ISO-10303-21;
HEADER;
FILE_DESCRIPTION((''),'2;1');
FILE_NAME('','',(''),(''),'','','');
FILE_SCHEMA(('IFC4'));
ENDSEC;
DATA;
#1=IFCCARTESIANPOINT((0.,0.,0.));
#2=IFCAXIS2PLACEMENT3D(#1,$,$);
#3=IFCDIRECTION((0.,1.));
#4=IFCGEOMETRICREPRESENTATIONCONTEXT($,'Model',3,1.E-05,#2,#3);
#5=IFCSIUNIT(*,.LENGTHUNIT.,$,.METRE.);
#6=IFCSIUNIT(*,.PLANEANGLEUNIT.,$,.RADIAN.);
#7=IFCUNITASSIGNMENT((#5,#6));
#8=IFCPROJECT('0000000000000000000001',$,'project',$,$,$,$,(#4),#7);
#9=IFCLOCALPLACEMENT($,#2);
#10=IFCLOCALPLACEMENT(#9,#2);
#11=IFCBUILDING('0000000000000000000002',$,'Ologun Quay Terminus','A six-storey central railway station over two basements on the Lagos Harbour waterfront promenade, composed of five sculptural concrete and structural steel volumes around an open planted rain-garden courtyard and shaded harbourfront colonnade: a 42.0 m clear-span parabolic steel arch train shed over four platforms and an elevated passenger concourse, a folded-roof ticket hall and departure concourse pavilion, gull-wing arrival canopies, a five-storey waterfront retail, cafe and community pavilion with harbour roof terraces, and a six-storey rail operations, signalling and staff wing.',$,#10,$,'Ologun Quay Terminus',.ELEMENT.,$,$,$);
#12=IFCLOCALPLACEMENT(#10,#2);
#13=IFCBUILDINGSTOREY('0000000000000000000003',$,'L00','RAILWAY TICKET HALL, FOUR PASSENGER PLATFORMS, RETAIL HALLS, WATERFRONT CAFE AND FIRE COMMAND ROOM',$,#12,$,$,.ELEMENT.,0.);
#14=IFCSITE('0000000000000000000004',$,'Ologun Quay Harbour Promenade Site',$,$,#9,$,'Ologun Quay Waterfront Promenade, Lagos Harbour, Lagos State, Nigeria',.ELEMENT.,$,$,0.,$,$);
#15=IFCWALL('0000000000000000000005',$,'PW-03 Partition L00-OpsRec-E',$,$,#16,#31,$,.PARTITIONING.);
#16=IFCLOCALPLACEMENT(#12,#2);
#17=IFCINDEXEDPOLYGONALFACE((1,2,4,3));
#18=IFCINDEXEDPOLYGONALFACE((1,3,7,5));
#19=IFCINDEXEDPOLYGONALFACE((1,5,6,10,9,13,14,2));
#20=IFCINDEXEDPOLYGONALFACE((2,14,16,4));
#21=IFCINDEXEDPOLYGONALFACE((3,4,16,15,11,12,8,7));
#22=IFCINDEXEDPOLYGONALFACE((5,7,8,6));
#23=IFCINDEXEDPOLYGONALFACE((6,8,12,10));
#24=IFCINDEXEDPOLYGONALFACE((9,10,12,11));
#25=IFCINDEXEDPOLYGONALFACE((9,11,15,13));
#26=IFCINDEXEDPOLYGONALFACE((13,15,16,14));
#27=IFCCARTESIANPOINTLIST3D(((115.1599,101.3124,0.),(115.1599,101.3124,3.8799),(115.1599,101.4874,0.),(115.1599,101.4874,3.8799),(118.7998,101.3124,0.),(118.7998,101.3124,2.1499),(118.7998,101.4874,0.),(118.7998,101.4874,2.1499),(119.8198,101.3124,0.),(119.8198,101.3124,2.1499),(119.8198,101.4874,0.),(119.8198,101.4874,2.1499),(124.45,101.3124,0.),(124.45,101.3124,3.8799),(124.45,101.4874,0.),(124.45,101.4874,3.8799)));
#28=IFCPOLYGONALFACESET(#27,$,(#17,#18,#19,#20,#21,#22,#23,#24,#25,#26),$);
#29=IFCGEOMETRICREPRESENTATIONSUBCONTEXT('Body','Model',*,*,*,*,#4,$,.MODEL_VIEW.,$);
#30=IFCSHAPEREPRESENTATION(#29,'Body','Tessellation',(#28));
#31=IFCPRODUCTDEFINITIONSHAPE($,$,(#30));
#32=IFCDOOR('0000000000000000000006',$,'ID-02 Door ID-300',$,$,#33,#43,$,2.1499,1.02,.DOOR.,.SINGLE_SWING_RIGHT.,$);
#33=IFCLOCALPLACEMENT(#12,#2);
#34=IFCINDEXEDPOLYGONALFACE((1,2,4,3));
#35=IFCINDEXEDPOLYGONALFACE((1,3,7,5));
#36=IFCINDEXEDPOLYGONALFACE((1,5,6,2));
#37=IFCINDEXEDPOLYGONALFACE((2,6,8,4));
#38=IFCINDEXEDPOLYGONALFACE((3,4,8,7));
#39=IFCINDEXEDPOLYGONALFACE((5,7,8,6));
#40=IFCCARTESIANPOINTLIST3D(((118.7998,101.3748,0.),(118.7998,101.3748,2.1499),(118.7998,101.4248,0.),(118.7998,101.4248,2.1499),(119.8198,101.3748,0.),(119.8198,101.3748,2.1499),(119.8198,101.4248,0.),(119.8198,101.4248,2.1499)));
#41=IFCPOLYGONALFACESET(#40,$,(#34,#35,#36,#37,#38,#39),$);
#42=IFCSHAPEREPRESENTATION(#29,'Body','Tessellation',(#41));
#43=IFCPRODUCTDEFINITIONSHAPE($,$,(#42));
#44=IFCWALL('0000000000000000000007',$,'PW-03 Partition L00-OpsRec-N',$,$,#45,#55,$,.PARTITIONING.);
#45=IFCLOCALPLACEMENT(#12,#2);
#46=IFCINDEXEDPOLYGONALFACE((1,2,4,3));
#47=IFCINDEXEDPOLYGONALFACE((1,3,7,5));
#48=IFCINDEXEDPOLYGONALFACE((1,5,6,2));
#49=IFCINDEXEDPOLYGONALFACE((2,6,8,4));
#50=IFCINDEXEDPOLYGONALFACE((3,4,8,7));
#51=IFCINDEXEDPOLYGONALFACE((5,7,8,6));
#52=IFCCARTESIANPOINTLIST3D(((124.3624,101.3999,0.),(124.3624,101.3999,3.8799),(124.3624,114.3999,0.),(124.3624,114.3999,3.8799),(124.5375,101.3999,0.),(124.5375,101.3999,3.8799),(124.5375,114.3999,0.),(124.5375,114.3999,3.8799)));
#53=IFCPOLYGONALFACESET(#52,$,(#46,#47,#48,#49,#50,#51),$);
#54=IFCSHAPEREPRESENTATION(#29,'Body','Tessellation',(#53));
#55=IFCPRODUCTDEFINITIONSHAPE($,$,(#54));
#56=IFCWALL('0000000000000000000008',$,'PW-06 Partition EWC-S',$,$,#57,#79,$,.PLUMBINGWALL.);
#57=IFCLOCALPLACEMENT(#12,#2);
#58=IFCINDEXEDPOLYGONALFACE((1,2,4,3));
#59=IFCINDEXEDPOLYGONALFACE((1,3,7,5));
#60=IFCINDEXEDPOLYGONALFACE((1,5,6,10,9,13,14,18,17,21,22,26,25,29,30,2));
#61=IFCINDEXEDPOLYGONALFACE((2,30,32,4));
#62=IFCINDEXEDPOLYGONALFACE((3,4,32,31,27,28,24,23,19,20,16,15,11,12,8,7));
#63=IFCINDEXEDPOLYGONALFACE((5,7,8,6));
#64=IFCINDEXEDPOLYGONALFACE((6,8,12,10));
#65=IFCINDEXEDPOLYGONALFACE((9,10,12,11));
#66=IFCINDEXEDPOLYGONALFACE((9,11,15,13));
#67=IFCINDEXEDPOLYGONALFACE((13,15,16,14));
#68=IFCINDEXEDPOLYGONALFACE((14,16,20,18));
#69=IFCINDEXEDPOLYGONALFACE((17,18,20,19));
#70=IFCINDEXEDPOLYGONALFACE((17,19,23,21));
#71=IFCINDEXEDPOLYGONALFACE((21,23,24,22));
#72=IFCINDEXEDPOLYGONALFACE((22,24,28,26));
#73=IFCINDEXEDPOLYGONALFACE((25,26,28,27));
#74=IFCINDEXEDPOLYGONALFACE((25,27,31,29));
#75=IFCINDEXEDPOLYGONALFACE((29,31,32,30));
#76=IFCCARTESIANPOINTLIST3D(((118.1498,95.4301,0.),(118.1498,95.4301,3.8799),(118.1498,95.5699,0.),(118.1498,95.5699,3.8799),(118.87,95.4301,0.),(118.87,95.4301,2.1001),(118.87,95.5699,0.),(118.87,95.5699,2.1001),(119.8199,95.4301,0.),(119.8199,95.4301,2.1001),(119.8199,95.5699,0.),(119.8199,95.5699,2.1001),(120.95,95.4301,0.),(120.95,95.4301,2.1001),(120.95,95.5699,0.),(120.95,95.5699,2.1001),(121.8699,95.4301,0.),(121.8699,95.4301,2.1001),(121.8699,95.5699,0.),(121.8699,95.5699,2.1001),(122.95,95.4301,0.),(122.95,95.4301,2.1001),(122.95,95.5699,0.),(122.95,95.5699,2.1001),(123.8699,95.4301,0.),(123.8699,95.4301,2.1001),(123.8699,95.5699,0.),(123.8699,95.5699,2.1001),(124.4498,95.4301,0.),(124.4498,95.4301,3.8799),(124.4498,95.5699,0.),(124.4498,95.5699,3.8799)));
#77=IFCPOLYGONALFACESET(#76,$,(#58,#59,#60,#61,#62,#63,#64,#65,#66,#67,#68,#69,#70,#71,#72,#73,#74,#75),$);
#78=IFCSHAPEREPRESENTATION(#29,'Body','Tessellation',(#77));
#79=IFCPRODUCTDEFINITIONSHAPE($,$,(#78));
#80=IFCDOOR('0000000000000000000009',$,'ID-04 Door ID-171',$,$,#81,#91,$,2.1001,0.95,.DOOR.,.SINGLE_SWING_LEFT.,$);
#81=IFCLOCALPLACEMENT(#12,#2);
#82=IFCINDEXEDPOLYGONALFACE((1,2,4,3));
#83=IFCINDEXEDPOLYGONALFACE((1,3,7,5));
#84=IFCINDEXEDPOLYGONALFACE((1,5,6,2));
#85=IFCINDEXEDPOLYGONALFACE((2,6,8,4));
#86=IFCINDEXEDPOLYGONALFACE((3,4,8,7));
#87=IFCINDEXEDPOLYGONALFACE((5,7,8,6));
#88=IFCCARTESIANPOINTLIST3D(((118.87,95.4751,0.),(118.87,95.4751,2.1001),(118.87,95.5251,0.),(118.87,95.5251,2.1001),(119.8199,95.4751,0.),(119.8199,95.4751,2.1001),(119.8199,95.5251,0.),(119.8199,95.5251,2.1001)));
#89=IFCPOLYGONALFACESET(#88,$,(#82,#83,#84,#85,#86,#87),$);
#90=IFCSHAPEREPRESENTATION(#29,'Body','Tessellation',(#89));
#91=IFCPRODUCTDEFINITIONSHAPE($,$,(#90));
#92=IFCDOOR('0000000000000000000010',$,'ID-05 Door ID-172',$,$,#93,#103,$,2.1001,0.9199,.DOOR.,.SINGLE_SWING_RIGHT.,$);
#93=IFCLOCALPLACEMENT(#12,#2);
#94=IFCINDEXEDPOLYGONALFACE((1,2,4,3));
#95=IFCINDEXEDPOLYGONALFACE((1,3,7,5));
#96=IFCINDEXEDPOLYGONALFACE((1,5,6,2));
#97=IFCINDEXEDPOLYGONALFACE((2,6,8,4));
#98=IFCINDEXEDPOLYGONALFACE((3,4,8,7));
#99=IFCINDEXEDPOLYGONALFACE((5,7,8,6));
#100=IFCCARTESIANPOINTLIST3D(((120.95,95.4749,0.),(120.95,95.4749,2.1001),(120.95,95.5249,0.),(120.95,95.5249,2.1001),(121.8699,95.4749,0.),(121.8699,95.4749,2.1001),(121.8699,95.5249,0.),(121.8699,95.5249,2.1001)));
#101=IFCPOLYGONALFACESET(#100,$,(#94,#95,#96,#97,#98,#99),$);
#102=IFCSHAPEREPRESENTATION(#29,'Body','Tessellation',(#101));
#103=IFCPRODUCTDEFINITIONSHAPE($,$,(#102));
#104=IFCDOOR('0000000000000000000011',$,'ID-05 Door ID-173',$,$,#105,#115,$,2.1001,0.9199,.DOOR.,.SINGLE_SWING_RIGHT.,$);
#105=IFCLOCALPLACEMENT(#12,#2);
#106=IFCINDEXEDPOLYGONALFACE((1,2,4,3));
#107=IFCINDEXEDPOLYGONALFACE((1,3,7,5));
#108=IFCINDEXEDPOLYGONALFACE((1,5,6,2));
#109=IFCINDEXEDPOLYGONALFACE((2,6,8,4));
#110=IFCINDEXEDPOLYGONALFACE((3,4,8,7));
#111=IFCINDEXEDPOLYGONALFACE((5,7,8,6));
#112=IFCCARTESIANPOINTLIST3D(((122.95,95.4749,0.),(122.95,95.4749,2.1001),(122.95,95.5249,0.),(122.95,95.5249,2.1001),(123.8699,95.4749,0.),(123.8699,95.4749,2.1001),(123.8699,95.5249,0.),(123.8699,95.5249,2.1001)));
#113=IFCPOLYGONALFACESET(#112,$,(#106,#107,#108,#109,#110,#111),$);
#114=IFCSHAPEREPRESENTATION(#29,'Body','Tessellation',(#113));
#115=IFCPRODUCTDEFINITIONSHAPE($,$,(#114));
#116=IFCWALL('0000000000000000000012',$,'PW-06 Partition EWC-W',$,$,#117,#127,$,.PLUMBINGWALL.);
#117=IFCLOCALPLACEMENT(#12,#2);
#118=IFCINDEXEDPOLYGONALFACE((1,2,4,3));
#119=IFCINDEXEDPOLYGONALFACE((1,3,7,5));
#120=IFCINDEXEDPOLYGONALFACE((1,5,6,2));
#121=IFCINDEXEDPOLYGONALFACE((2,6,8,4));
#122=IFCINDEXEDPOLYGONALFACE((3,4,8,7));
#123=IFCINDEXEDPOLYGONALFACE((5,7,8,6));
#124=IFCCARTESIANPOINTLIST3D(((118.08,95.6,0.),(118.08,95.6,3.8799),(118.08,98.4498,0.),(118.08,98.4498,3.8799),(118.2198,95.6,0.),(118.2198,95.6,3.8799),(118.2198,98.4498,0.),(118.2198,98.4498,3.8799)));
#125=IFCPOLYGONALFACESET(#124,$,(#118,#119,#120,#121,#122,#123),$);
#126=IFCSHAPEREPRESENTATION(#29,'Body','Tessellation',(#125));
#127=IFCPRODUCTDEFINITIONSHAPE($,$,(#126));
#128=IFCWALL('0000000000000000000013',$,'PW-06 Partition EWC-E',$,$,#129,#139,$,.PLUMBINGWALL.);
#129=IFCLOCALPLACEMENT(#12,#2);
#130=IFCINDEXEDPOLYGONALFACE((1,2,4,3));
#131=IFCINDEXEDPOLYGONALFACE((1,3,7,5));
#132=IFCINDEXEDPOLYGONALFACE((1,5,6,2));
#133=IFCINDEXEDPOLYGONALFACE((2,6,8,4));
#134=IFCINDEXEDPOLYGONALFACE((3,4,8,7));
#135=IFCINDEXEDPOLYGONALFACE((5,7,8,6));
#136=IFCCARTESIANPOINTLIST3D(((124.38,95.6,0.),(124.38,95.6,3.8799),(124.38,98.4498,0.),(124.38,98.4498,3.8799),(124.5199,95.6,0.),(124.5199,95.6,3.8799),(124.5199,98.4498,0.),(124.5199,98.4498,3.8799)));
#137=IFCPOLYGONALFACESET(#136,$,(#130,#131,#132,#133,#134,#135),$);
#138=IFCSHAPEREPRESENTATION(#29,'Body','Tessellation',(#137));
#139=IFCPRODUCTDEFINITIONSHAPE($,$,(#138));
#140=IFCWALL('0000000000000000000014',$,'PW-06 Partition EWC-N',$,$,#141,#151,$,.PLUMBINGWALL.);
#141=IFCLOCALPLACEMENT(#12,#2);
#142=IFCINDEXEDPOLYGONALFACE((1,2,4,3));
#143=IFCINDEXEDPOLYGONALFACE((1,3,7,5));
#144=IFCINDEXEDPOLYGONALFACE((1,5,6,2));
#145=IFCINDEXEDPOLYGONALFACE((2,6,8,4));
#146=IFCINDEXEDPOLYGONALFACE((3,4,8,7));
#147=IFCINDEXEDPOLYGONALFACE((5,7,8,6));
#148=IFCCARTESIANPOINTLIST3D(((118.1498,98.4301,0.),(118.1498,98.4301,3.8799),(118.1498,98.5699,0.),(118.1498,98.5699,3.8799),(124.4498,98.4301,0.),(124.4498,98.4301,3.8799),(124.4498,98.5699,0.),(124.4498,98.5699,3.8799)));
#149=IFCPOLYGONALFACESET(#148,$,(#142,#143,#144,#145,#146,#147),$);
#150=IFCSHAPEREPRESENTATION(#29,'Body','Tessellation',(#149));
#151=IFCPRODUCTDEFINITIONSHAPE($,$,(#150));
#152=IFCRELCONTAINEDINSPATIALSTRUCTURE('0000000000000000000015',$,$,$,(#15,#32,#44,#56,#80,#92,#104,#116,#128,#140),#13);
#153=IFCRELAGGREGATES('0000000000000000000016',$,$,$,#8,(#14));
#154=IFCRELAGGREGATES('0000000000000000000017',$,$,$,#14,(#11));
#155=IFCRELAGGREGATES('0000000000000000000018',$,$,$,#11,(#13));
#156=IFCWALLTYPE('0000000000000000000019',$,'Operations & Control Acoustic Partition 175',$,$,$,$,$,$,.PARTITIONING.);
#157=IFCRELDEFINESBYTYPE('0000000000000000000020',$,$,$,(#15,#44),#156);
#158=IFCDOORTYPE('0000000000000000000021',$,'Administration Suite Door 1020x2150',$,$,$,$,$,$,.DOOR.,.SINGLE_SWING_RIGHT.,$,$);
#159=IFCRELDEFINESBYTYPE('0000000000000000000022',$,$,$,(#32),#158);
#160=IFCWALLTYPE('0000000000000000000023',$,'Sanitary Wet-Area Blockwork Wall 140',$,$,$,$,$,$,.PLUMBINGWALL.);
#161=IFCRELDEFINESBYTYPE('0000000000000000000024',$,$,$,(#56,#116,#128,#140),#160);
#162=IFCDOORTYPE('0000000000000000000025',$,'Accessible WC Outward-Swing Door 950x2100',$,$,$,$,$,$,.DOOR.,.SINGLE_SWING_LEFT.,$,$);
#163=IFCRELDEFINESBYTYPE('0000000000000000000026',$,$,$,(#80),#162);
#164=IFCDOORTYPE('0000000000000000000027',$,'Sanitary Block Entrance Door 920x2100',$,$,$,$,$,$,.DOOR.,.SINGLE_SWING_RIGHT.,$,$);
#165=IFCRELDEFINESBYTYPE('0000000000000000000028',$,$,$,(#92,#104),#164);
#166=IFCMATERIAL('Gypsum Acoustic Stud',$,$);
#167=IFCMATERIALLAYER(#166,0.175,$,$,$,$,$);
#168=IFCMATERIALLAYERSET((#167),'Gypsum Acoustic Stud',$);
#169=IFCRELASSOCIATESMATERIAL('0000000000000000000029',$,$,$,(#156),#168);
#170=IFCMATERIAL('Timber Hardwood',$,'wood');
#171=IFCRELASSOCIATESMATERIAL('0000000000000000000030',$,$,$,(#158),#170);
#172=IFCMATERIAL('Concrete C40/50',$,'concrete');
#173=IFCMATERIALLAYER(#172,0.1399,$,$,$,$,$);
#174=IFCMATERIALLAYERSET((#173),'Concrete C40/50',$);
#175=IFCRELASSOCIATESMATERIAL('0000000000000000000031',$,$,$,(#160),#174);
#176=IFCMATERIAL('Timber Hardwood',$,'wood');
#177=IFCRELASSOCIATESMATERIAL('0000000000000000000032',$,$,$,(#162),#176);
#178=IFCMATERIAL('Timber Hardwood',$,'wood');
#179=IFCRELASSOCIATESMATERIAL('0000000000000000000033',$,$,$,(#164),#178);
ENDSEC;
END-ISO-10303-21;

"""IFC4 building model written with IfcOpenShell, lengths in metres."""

from ifc_helpers import new_model, si_unit, direction, frame, frame_2d, origin, place, context, subcontext, project, spatial, rectangle, extrude, material, layer, layer_set, type_object, element, fill, save


model = new_model("IFC4")

# Units and contexts
model_context = context("Model", 3, precision=1e-05, world=origin(), true_north=direction((0.0, 1.0)))
body_context = subcontext(model_context, "Body", "Model", "MODEL_VIEW")
ifc_project = project(units=[si_unit("LENGTHUNIT", "METRE"), si_unit("PLANEANGLEUNIT", "RADIAN")], contexts=[model_context])

# Site, building, storey
site_placement = place(None, origin())
site = spatial("IfcSite", under=ifc_project, at=site_placement, Name="Ologun Quay Harbour Promenade Site", LongName="Ologun Quay Waterfront Promenade, Lagos Harbour, Lagos State, Nigeria", CompositionType="ELEMENT", RefElevation=0.0)
building_placement = place(site_placement, origin())
building = spatial("IfcBuilding", under=site, at=building_placement, Name="Ologun Quay Terminus", Description="A six-storey central railway station over two basements on the Lagos Harbour waterfront promenade, composed of five sculptural concrete and structural steel volumes around an open planted rain-garden courtyard and shaded harbourfront colonnade: a 42.0 m clear-span parabolic steel arch train shed over four platforms and an elevated passenger concourse, a folded-roof ticket hall and departure concourse pavilion, gull-wing arrival canopies, a five-storey waterfront retail, cafe and community pavilion with harbour roof terraces, and a six-storey rail operations, signalling and staff wing.", LongName="Ologun Quay Terminus", CompositionType="ELEMENT")
storey_placement = place(building_placement, origin())
storey = spatial("IfcBuildingStorey", under=building, at=storey_placement, Name="L00", Description="RAILWAY TICKET HALL, FOUR PASSENGER PLATFORMS, RETAIL HALLS, WATERFRONT CAFE AND FIRE COMMAND ROOM", CompositionType="ELEMENT", Elevation=0.0)

# Wall, opening, door
ifc_material_1 = material(Name="Gypsum Acoustic Stud")
ifc_layer_1 = layer(ifc_material_1, 0.175)
ifc_layer_set_1 = layer_set([ifc_layer_1], Name="Gypsum Acoustic Stud")
wall_type_1 = type_object("IfcWallType", Name="Operations & Control Acoustic Partition 175", PredefinedType="PARTITIONING", material=ifc_layer_set_1)
wall_1_placement = place(storey_placement, frame((115.1599, 101.3999, 0.0), z_axis=(0.0, 0.0, 1.0), x_axis=(1.0, 0.0, 0.0)))
wall_1 = element("IfcWall", 1, at=wall_1_placement, inside=storey, type_object=wall_type_1, Name="PW-03 Partition L00-OpsRec-E", PredefinedType="PARTITIONING", context=body_context, shape_type="SweptSolid", body=[
    extrude(rectangle(XDim=9.29, YDim=0.175, at=frame_2d((4.645, 0.0))), origin(), (0.0, 0.0, 1.0), 3.8799),
])
opening_1_placement = place(wall_1_placement, frame((3.6399, 0.0, 0.0)))
opening_1 = element("IfcOpeningElement", 2, at=opening_1_placement, cuts=wall_1, PredefinedType="OPENING", context=body_context, shape_type="SweptSolid", body=[
    extrude(rectangle(XDim=1.02, YDim=2.1499, at=frame_2d((0.51, 1.075))), frame((0.0, 0.0977, 0.0), z_axis=(0.0, -1.0, 0.0), x_axis=(1.0, 0.0, 0.0)), (0.0, 0.0, 1.0), 0.1951),
])
ifc_material_2 = material(Name="Timber Hardwood", Category="wood")
door_type_1 = type_object("IfcDoorType", Name="Administration Suite Door 1020x2150", OperationType="SINGLE_SWING_RIGHT", PredefinedType="DOOR", material=ifc_material_2)
door_1_placement = place(opening_1_placement, origin())
door_1 = element("IfcDoor", 3, at=door_1_placement, inside=storey, type_object=door_type_1, Name="ID-02 Door ID-300", OperationType="SINGLE_SWING_RIGHT", OverallHeight=2.1499, OverallWidth=1.02, PredefinedType="DOOR", context=body_context, shape_type="SweptSolid", body=[
    extrude(rectangle(XDim=1.02, YDim=2.1499, at=frame_2d((0.51, 1.075))), frame((0.0, 0.0249, 0.0), z_axis=(0.0, -1.0, 0.0), x_axis=(1.0, 0.0, 0.0)), (0.0, 0.0, 1.0), 0.05),
])
fill(opening_1, door_1)

# Wall
wall_2_placement = place(storey_placement, frame((124.45, 101.3999, 0.0), z_axis=(0.0, 0.0, 1.0), x_axis=(0.0, 1.0, 0.0)))
element("IfcWall", 4, at=wall_2_placement, inside=storey, type_object=wall_type_1, Name="PW-03 Partition L00-OpsRec-N", PredefinedType="PARTITIONING", context=body_context, shape_type="SweptSolid", body=[
    extrude(rectangle(XDim=13.0, YDim=0.175, at=frame_2d((6.5, 0.0))), origin(), (0.0, 0.0, 1.0), 3.8799),
])

# Wall, openings, doors
ifc_material_3 = material(Name="Concrete C40/50", Category="concrete")
ifc_layer_2 = layer(ifc_material_3, 0.1399)
ifc_layer_set_2 = layer_set([ifc_layer_2], Name="Concrete C40/50")
wall_type_2 = type_object("IfcWallType", Name="Sanitary Wet-Area Blockwork Wall 140", PredefinedType="PLUMBINGWALL", material=ifc_layer_set_2)
wall_3_placement = place(storey_placement, frame((118.1499, 95.5, 0.0), z_axis=(0.0, 0.0, 1.0), x_axis=(1.0, 0.0, 0.0)))
wall_3 = element("IfcWall", 5, at=wall_3_placement, inside=storey, type_object=wall_type_2, Name="PW-06 Partition EWC-S", PredefinedType="PLUMBINGWALL", context=body_context, shape_type="SweptSolid", body=[
    extrude(rectangle(XDim=6.3, YDim=0.1399, at=frame_2d((3.1499, 0.0))), origin(), (0.0, 0.0, 1.0), 3.8799),
])
opening_2_placement = place(wall_3_placement, frame((0.72, 0.0, 0.0)))
opening_2 = element("IfcOpeningElement", 6, at=opening_2_placement, cuts=wall_3, PredefinedType="OPENING", context=body_context, shape_type="SweptSolid", body=[
    extrude(rectangle(XDim=0.95, YDim=2.1001, at=frame_2d((0.4751, 1.05))), frame((0.0, 0.0801, 0.0), z_axis=(0.0, -1.0, 0.0), x_axis=(1.0, 0.0, 0.0)), (0.0, 0.0, 1.0), 0.1599),
])
opening_3_placement = place(wall_3_placement, frame((2.8, 0.0, 0.0)))
opening_3 = element("IfcOpeningElement", 7, at=opening_3_placement, cuts=wall_3, PredefinedType="OPENING", context=body_context, shape_type="SweptSolid", body=[
    extrude(rectangle(XDim=0.9199, YDim=2.1001, at=frame_2d((0.46, 1.05))), frame((0.0, 0.0801, 0.0), z_axis=(0.0, -1.0, 0.0), x_axis=(1.0, 0.0, 0.0)), (0.0, 0.0, 1.0), 0.1599),
])
opening_4_placement = place(wall_3_placement, frame((4.8, 0.0, 0.0)))
opening_4 = element("IfcOpeningElement", 8, at=opening_4_placement, cuts=wall_3, PredefinedType="OPENING", context=body_context, shape_type="SweptSolid", body=[
    extrude(rectangle(XDim=0.9199, YDim=2.1001, at=frame_2d((0.46, 1.05))), frame((0.0, 0.0801, 0.0), z_axis=(0.0, -1.0, 0.0), x_axis=(1.0, 0.0, 0.0)), (0.0, 0.0, 1.0), 0.1599),
])
ifc_material_4 = material(Name="Timber Hardwood", Category="wood")
door_type_2 = type_object("IfcDoorType", Name="Accessible WC Outward-Swing Door 950x2100", OperationType="SINGLE_SWING_LEFT", PredefinedType="DOOR", material=ifc_material_4)
door_2_placement = place(opening_2_placement, frame((0.4751, 0.0, 0.0), z_axis=(0.0, 0.0, 1.0), x_axis=(-1.0, 0.0, 0.0)))
door_2 = element("IfcDoor", 9, at=door_2_placement, inside=storey, type_object=door_type_2, Name="ID-04 Door ID-171", OperationType="SINGLE_SWING_LEFT", OverallHeight=2.1001, OverallWidth=0.95, PredefinedType="DOOR", context=body_context, shape_type="SweptSolid", body=[
    extrude(rectangle(XDim=0.95, YDim=2.1001, at=frame_2d((0.0, 1.05))), frame((0.0, 0.0249, 0.0), z_axis=(0.0, -1.0, 0.0), x_axis=(1.0, 0.0, 0.0)), (0.0, 0.0, 1.0), 0.05),
])
fill(opening_2, door_2)
ifc_material_5 = material(Name="Timber Hardwood", Category="wood")
door_type_3 = type_object("IfcDoorType", Name="Sanitary Block Entrance Door 920x2100", OperationType="SINGLE_SWING_RIGHT", PredefinedType="DOOR", material=ifc_material_5)
door_3_placement = place(opening_3_placement, origin())
door_3 = element("IfcDoor", 10, at=door_3_placement, inside=storey, type_object=door_type_3, Name="ID-05 Door ID-172", OperationType="SINGLE_SWING_RIGHT", OverallHeight=2.1001, OverallWidth=0.9199, PredefinedType="DOOR", context=body_context, shape_type="SweptSolid", body=[
    extrude(rectangle(XDim=0.9199, YDim=2.1001, at=frame_2d((0.46, 1.05))), frame((0.0, 0.0249, 0.0), z_axis=(0.0, -1.0, 0.0), x_axis=(1.0, 0.0, 0.0)), (0.0, 0.0, 1.0), 0.05),
])
fill(opening_3, door_3)
door_4_placement = place(opening_4_placement, origin())
door_4 = element("IfcDoor", 11, at=door_4_placement, inside=storey, type_object=door_type_3, Name="ID-05 Door ID-173", OperationType="SINGLE_SWING_RIGHT", OverallHeight=2.1001, OverallWidth=0.9199, PredefinedType="DOOR", context=body_context, shape_type="SweptSolid", body=[
    extrude(rectangle(XDim=0.9199, YDim=2.1001, at=frame_2d((0.46, 1.05))), frame((0.0, 0.0249, 0.0), z_axis=(0.0, -1.0, 0.0), x_axis=(1.0, 0.0, 0.0)), (0.0, 0.0, 1.0), 0.05),
])
fill(opening_4, door_4)

# Walls
for number, where, z_axis, x_axis, name in (
    (12, (118.1499, 95.6001, 0.0), (0.0, 0.0, 1.0), (0.0, 1.0, 0.0), "PW-06 Partition EWC-W"),
    (13, (124.45, 95.6001, 0.0), (0.0, 0.0, 1.0), (0.0, 1.0, 0.0), "PW-06 Partition EWC-E"),
):
    element("IfcWall", number, at=place(storey_placement, frame(where, z_axis=z_axis, x_axis=x_axis)), inside=storey, type_object=wall_type_2, Name=name, PredefinedType="PLUMBINGWALL", context=body_context, shape_type="SweptSolid", body=[
        extrude(rectangle(XDim=2.8499, YDim=0.1399, at=frame_2d((1.4248, 0.0))), origin(), (0.0, 0.0, 1.0), 3.8799),
    ])
wall_4_placement = place(storey_placement, frame((118.1499, 98.5, 0.0), z_axis=(0.0, 0.0, 1.0), x_axis=(1.0, 0.0, 0.0)))
element("IfcWall", 14, at=wall_4_placement, inside=storey, type_object=wall_type_2, Name="PW-06 Partition EWC-N", PredefinedType="PLUMBINGWALL", context=body_context, shape_type="SweptSolid", body=[
    extrude(rectangle(XDim=6.3, YDim=0.1399, at=frame_2d((3.1499, 0.0))), origin(), (0.0, 0.0, 1.0), 3.8799),
])

save(model, "model.ifc")
